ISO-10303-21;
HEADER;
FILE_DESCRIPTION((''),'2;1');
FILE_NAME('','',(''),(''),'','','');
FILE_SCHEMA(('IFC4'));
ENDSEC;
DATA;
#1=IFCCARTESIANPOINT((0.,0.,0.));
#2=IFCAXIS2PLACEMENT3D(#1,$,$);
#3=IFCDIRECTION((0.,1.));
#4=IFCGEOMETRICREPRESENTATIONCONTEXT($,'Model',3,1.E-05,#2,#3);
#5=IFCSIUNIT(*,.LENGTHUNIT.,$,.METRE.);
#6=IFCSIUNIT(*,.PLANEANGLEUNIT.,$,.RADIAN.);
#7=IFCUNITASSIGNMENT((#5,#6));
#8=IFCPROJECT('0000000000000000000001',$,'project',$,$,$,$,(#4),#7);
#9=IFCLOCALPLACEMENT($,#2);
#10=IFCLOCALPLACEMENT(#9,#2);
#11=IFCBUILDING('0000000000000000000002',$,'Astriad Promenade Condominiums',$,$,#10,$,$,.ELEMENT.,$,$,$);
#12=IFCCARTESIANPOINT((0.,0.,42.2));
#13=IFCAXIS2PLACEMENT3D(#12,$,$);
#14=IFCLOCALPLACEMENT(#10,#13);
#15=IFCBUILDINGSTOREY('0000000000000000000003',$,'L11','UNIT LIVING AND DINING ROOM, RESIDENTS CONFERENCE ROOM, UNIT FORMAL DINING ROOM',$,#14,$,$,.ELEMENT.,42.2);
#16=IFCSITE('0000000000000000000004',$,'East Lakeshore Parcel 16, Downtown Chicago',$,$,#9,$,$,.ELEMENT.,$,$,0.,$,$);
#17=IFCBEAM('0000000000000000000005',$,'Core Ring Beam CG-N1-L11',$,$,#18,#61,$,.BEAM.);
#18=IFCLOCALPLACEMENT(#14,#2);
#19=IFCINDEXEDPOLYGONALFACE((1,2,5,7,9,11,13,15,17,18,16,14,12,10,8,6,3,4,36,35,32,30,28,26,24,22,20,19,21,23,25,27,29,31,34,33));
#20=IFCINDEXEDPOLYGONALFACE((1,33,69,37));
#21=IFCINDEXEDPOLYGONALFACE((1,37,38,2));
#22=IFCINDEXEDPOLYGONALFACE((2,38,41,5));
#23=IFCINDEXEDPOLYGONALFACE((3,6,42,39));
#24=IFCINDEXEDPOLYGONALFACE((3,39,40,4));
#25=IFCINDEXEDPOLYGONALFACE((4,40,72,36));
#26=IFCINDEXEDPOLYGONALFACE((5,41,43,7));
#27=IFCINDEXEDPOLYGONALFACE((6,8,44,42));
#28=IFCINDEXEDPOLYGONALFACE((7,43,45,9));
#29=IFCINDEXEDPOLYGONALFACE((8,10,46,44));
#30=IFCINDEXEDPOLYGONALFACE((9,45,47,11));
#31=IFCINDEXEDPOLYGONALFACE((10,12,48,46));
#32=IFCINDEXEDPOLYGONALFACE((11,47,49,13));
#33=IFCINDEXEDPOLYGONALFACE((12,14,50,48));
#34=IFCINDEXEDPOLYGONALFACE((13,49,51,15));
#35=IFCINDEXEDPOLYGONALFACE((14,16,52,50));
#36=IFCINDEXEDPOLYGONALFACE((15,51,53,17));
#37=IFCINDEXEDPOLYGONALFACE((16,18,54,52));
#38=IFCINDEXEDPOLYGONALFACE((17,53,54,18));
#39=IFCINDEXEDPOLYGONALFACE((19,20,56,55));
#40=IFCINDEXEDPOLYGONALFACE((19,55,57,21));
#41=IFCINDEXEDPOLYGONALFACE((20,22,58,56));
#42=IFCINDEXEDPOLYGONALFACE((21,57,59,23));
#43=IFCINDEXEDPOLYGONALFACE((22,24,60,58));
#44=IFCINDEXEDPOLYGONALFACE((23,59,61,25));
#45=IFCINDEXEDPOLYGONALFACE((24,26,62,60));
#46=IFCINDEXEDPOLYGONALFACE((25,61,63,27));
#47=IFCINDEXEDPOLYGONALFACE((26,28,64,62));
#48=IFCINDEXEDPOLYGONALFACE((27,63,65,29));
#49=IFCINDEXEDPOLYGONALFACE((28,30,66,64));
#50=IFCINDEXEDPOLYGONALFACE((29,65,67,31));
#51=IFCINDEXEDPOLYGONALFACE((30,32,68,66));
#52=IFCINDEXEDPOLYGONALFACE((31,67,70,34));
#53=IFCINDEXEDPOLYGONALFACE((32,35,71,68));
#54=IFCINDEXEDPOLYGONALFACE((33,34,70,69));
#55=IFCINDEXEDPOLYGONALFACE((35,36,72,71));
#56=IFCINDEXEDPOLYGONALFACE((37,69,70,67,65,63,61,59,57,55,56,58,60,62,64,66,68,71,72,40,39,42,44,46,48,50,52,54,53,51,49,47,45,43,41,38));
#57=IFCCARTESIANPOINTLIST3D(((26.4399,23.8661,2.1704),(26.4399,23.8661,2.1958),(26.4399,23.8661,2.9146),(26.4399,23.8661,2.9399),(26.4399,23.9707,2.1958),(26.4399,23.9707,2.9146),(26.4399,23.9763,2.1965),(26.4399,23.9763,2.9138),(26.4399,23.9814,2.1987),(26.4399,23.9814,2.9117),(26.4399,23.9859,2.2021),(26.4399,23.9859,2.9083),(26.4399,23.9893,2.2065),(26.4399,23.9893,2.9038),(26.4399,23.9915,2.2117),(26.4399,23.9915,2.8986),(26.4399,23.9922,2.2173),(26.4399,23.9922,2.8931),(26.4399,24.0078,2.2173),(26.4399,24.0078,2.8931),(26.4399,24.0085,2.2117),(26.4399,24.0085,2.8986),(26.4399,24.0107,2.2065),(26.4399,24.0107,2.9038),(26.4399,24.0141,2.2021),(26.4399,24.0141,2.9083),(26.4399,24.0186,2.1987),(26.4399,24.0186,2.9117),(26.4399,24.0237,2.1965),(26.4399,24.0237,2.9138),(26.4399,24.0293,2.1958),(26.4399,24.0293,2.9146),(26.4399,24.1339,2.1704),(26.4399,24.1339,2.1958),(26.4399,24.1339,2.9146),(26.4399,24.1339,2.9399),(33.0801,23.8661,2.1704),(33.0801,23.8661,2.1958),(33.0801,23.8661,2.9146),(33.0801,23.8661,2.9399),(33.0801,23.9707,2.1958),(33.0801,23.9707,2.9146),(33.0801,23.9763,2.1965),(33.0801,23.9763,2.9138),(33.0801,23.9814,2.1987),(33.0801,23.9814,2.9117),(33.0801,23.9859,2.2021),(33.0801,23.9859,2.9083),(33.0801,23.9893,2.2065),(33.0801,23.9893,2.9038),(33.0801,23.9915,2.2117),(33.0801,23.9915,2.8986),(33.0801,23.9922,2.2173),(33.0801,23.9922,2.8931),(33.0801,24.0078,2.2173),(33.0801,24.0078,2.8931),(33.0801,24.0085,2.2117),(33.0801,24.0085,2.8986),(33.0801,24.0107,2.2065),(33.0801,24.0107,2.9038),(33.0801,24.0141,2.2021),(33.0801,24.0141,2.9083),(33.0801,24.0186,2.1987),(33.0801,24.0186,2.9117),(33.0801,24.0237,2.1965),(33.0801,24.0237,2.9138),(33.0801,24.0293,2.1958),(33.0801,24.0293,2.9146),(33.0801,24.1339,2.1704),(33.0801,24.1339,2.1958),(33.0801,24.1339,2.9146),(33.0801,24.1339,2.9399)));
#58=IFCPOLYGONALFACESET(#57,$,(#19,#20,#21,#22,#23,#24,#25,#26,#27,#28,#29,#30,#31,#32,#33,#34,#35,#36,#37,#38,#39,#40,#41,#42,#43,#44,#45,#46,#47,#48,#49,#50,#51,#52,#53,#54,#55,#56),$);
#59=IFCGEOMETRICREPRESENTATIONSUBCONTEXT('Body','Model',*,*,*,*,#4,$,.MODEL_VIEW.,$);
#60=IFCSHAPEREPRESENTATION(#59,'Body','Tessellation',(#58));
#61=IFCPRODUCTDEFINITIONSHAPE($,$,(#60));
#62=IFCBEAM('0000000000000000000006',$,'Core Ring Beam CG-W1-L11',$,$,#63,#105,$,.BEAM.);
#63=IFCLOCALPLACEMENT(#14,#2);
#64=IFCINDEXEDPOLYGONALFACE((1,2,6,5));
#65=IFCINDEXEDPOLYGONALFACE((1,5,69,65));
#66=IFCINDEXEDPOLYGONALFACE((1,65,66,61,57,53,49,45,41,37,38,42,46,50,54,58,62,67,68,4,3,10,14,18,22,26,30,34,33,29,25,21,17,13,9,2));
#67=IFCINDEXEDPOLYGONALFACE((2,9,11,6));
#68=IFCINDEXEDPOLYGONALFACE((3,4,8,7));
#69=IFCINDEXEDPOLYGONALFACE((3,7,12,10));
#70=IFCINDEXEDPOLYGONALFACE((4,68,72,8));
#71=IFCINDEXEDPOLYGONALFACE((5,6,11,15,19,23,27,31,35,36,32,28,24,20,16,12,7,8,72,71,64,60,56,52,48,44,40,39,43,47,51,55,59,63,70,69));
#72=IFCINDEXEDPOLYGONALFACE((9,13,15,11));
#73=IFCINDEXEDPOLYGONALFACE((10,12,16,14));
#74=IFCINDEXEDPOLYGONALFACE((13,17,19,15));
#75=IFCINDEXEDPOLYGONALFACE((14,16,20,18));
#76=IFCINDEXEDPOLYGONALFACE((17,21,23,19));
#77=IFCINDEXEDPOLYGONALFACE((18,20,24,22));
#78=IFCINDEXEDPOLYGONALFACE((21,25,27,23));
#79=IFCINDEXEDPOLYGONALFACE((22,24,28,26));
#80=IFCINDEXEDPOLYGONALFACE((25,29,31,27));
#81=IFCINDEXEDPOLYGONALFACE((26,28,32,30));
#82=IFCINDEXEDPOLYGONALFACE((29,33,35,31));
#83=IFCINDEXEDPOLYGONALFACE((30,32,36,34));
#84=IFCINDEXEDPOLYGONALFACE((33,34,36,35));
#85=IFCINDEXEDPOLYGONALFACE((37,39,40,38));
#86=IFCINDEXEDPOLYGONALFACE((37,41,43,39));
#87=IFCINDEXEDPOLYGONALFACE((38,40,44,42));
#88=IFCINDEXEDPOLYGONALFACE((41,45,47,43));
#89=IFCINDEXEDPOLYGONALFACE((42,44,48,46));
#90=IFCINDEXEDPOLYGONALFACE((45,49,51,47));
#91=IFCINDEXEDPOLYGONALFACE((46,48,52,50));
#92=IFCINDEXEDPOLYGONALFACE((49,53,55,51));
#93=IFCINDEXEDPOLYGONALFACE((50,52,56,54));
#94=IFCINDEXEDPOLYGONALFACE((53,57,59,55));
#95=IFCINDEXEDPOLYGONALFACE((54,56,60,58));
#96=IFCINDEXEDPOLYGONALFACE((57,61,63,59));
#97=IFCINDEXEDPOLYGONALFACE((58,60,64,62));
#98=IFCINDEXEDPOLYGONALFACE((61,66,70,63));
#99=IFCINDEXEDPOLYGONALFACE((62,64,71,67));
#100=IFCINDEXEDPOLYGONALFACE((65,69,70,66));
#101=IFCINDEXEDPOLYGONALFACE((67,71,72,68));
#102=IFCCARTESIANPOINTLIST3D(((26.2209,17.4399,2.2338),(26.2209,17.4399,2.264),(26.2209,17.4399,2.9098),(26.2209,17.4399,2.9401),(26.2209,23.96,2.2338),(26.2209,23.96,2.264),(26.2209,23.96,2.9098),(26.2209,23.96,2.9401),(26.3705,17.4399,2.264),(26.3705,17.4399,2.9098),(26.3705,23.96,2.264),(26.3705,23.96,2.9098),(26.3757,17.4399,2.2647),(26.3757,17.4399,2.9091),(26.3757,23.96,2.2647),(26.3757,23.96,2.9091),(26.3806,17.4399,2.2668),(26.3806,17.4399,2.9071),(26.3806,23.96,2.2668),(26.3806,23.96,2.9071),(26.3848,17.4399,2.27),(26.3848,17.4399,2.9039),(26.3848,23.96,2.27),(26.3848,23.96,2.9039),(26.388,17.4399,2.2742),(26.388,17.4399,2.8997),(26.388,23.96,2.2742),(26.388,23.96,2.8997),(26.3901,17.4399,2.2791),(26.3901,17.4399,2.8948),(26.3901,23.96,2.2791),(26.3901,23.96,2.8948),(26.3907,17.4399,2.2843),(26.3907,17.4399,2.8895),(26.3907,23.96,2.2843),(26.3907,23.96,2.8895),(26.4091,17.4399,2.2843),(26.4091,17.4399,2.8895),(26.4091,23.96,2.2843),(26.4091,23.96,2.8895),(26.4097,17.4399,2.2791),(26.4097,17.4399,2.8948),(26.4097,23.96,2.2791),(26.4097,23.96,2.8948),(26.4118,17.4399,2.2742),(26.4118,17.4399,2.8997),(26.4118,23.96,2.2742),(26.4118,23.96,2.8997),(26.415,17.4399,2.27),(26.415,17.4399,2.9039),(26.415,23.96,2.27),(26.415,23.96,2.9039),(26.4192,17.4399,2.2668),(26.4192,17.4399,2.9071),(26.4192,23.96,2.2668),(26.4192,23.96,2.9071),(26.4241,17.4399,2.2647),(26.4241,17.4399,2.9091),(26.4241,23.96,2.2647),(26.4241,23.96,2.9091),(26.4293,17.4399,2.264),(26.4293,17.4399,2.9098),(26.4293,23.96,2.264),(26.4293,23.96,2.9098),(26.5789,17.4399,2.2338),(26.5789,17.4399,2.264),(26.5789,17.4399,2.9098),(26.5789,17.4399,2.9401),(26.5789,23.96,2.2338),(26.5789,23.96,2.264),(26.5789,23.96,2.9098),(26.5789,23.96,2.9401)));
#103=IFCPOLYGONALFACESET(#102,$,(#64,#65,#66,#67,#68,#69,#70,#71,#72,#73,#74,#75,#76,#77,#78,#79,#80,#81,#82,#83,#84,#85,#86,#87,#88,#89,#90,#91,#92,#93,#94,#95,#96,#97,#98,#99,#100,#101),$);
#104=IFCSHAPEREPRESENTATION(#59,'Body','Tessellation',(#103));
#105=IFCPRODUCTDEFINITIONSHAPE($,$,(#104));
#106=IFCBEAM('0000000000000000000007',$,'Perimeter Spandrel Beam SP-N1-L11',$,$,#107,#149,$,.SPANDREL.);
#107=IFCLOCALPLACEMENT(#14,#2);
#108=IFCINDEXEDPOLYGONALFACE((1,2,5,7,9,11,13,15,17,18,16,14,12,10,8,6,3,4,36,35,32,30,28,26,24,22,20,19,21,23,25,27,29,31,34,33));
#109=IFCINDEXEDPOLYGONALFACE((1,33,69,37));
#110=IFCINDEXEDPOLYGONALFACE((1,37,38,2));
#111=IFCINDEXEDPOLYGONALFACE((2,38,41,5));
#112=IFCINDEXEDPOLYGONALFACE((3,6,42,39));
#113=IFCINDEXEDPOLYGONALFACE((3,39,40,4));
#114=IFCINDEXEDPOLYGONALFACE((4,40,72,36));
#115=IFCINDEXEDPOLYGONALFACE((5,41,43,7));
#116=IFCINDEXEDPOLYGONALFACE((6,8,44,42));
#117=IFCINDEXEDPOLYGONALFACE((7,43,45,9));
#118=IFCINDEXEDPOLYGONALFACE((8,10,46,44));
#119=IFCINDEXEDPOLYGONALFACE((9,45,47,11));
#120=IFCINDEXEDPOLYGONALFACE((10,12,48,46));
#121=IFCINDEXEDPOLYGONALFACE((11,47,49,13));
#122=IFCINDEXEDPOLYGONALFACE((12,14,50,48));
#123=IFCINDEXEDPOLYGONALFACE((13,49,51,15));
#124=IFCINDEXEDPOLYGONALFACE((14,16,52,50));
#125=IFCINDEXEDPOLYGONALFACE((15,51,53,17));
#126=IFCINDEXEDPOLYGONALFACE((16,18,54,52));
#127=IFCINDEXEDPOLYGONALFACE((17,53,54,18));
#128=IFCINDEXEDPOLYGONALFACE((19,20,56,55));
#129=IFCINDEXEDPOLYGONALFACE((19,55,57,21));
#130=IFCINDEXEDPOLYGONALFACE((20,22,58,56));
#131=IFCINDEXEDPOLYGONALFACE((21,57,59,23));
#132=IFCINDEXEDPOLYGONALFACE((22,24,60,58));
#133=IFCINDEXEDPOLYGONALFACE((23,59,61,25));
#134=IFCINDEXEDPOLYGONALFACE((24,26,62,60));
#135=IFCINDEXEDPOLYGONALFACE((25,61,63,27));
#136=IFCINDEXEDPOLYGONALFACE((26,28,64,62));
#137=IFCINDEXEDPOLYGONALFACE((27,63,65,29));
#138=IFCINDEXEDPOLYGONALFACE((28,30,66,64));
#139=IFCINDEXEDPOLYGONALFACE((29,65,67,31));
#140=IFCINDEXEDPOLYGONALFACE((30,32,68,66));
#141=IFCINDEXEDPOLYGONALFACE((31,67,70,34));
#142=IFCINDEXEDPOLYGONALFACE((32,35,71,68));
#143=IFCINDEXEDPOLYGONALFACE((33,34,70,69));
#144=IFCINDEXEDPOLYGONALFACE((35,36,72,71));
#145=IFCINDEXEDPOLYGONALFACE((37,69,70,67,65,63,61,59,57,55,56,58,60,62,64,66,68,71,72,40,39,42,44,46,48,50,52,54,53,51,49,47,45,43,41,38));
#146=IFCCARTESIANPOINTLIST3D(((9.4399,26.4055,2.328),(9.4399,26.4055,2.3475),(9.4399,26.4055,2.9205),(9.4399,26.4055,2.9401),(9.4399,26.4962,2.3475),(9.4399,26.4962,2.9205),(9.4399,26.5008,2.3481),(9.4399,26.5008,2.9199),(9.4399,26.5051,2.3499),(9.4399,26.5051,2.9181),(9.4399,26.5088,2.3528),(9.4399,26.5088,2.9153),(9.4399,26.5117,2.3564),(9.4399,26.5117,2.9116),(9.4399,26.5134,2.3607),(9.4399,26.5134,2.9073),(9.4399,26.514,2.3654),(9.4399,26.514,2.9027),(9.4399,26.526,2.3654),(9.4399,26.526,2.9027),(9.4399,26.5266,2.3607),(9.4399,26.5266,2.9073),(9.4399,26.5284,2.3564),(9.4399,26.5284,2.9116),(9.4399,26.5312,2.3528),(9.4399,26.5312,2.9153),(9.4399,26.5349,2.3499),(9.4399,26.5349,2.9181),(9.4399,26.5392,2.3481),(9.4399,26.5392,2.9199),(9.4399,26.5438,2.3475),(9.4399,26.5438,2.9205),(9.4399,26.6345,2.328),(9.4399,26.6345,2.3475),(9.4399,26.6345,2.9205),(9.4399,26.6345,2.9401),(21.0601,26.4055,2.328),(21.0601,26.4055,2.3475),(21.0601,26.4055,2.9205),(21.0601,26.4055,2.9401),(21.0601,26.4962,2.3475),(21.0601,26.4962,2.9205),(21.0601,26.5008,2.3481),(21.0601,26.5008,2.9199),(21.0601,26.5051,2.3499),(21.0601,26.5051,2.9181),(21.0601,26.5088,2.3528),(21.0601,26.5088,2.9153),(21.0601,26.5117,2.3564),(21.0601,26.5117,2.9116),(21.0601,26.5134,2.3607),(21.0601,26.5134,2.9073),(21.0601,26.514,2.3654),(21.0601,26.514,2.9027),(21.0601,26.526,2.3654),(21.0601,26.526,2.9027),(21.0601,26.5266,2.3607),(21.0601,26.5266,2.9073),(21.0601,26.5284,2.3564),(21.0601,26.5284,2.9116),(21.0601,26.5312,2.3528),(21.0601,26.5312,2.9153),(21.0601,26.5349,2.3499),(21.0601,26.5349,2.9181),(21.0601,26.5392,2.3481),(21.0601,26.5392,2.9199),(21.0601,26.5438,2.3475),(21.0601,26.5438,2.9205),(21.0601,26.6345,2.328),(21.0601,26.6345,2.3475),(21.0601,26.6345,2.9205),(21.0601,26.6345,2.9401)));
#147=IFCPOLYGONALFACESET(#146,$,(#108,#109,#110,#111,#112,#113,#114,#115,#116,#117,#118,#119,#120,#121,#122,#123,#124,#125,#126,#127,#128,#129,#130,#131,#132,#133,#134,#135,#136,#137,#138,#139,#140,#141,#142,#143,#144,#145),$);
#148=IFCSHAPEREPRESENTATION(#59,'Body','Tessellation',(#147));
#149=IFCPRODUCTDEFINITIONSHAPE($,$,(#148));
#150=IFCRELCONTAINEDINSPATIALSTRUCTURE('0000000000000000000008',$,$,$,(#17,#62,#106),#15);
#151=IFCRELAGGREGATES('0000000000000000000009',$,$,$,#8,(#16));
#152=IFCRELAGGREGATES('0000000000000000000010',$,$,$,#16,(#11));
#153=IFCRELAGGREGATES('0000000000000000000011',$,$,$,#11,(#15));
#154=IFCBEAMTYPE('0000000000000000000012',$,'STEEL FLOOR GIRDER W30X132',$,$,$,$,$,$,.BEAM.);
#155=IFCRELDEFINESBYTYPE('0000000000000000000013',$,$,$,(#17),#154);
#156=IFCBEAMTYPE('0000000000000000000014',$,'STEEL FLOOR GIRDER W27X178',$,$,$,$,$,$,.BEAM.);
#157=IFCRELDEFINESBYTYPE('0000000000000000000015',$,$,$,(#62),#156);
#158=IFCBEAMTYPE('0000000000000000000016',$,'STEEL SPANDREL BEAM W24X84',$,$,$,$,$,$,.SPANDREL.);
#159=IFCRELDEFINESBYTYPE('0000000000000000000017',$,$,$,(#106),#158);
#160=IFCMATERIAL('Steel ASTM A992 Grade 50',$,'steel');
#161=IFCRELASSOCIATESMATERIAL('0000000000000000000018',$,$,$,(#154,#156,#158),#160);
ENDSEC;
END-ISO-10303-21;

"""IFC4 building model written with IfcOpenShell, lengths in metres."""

from ifc_helpers import new_model, si_unit, direction, frame, origin, origin_2d, place, context, subcontext, project, spatial, i_section, extrude, source, transform, mapped, material, material_profile, profile_set, type_object, type_shapes, element, save


model = new_model("IFC4")

# Units and contexts
model_context = context("Model", 3, precision=1e-05, world=origin(), true_north=direction((0.0, 1.0)))
body_context = subcontext(model_context, "Body", "Model", "MODEL_VIEW")
ifc_project = project(units=[si_unit("LENGTHUNIT", "METRE"), si_unit("PLANEANGLEUNIT", "RADIAN")], contexts=[model_context])

# Site, building, storey
site_placement = place(None, origin())
site = spatial("IfcSite", under=ifc_project, at=site_placement, Name="East Lakeshore Parcel 16, Downtown Chicago", CompositionType="ELEMENT", RefElevation=0.0)
building_placement = place(site_placement, origin())
building = spatial("IfcBuilding", under=site, at=building_placement, Name="Astriad Promenade Condominiums", CompositionType="ELEMENT")
storey_placement = place(building_placement, frame((0.0, 0.0, 42.2)))
storey = spatial("IfcBuildingStorey", under=building, at=storey_placement, Name="L11", Description="UNIT LIVING AND DINING ROOM, RESIDENTS CONFERENCE ROOM, UNIT FORMAL DINING ROOM", CompositionType="ELEMENT", Elevation=42.2)

# Shared definitions
ifc_material_1 = material(Name="Steel ASTM A992 Grade 50", Category="steel")

# Beams
ifc_material_profile_1 = material_profile(ifc_material_1, i_section(OverallWidth=0.2678, OverallDepth=0.7695, WebThickness=0.0156, FlangeThickness=0.0254, FilletRadius=0.0215, at=origin_2d()), Name="W30X132")
ifc_profile_set_1 = profile_set([ifc_material_profile_1], Name="Steel ASTM A992 Grade 50")
beam_type_1 = type_object("IfcBeamType", Name="STEEL FLOOR GIRDER W30X132", PredefinedType="BEAM", material=ifc_profile_set_1)
shared_shape_1 = source(origin(), body_context, "Body", "SweptSolid", [
    extrude(i_section(OverallWidth=0.2678, OverallDepth=0.7695, WebThickness=0.0156, FlangeThickness=0.0254, FilletRadius=0.0215, at=origin_2d()), origin(), (0.0, 0.0, 1.0), 6.6401),
])
type_shapes(beam_type_1, [shared_shape_1])
beam_1_placement = place(storey_placement, frame((26.4399, 24.0, 2.5552), z_axis=(1.0, 0.0, 0.0), x_axis=(0.0, 1.0, 0.0)))
element("IfcBeam", 1, at=beam_1_placement, inside=storey, type_object=beam_type_1, Name="Core Ring Beam CG-N1-L11", PredefinedType="BEAM", context=body_context, shape_type="MappedRepresentation", body=[
    mapped(shared_shape_1, transform((0.0, 0.0, 0.0), scale=1.0)),
])
ifc_material_profile_2 = material_profile(ifc_material_1, i_section(OverallWidth=0.3579, OverallDepth=0.7063, WebThickness=0.0183, FlangeThickness=0.0303, FilletRadius=0.0203, at=origin_2d()), Name="W27X178")
ifc_profile_set_2 = profile_set([ifc_material_profile_2], Name="Steel ASTM A992 Grade 50")
beam_type_2 = type_object("IfcBeamType", Name="STEEL FLOOR GIRDER W27X178", PredefinedType="BEAM", material=ifc_profile_set_2)
shared_shape_2 = source(origin(), body_context, "Body", "SweptSolid", [
    extrude(i_section(OverallWidth=0.3579, OverallDepth=0.7063, WebThickness=0.0183, FlangeThickness=0.0303, FilletRadius=0.0203, at=origin_2d()), origin(), (0.0, 0.0, 1.0), 6.52),
])
type_shapes(beam_type_2, [shared_shape_2])
beam_2_placement = place(storey_placement, frame((26.3999, 17.4399, 2.5869), z_axis=(0.0, 1.0, 0.0), x_axis=(-1.0, 0.0, 0.0)))
element("IfcBeam", 2, at=beam_2_placement, inside=storey, type_object=beam_type_2, Name="Core Ring Beam CG-W1-L11", PredefinedType="BEAM", context=body_context, shape_type="MappedRepresentation", body=[
    mapped(shared_shape_2, transform((0.0, 0.0, 0.0), scale=1.0)),
])
ifc_material_profile_3 = material_profile(ifc_material_1, i_section(OverallWidth=0.229, OverallDepth=0.6121, WebThickness=0.012, FlangeThickness=0.0195, FilletRadius=0.0178, at=origin_2d()), Name="W24X84")
ifc_profile_set_3 = profile_set([ifc_material_profile_3], Name="Steel ASTM A992 Grade 50")
beam_type_3 = type_object("IfcBeamType", Name="STEEL SPANDREL BEAM W24X84", PredefinedType="SPANDREL", material=ifc_profile_set_3)
shared_shape_3 = source(origin(), body_context, "Body", "SweptSolid", [
    extrude(i_section(OverallWidth=0.229, OverallDepth=0.6121, WebThickness=0.012, FlangeThickness=0.0195, FilletRadius=0.0178, at=origin_2d()), origin(), (0.0, 0.0, 1.0), 11.6201),
])
type_shapes(beam_type_3, [shared_shape_3])
beam_3_placement = place(storey_placement, frame((21.0601, 26.52, 2.634), z_axis=(-1.0, 0.0, 0.0), x_axis=(0.0, -1.0, 0.0)))
element("IfcBeam", 3, at=beam_3_placement, inside=storey, type_object=beam_type_3, Name="Perimeter Spandrel Beam SP-N1-L11", PredefinedType="SPANDREL", context=body_context, shape_type="MappedRepresentation", body=[
    mapped(shared_shape_3, transform((0.0, 0.0, 0.0), scale=1.0)),
])

save(model, "model.ifc")
